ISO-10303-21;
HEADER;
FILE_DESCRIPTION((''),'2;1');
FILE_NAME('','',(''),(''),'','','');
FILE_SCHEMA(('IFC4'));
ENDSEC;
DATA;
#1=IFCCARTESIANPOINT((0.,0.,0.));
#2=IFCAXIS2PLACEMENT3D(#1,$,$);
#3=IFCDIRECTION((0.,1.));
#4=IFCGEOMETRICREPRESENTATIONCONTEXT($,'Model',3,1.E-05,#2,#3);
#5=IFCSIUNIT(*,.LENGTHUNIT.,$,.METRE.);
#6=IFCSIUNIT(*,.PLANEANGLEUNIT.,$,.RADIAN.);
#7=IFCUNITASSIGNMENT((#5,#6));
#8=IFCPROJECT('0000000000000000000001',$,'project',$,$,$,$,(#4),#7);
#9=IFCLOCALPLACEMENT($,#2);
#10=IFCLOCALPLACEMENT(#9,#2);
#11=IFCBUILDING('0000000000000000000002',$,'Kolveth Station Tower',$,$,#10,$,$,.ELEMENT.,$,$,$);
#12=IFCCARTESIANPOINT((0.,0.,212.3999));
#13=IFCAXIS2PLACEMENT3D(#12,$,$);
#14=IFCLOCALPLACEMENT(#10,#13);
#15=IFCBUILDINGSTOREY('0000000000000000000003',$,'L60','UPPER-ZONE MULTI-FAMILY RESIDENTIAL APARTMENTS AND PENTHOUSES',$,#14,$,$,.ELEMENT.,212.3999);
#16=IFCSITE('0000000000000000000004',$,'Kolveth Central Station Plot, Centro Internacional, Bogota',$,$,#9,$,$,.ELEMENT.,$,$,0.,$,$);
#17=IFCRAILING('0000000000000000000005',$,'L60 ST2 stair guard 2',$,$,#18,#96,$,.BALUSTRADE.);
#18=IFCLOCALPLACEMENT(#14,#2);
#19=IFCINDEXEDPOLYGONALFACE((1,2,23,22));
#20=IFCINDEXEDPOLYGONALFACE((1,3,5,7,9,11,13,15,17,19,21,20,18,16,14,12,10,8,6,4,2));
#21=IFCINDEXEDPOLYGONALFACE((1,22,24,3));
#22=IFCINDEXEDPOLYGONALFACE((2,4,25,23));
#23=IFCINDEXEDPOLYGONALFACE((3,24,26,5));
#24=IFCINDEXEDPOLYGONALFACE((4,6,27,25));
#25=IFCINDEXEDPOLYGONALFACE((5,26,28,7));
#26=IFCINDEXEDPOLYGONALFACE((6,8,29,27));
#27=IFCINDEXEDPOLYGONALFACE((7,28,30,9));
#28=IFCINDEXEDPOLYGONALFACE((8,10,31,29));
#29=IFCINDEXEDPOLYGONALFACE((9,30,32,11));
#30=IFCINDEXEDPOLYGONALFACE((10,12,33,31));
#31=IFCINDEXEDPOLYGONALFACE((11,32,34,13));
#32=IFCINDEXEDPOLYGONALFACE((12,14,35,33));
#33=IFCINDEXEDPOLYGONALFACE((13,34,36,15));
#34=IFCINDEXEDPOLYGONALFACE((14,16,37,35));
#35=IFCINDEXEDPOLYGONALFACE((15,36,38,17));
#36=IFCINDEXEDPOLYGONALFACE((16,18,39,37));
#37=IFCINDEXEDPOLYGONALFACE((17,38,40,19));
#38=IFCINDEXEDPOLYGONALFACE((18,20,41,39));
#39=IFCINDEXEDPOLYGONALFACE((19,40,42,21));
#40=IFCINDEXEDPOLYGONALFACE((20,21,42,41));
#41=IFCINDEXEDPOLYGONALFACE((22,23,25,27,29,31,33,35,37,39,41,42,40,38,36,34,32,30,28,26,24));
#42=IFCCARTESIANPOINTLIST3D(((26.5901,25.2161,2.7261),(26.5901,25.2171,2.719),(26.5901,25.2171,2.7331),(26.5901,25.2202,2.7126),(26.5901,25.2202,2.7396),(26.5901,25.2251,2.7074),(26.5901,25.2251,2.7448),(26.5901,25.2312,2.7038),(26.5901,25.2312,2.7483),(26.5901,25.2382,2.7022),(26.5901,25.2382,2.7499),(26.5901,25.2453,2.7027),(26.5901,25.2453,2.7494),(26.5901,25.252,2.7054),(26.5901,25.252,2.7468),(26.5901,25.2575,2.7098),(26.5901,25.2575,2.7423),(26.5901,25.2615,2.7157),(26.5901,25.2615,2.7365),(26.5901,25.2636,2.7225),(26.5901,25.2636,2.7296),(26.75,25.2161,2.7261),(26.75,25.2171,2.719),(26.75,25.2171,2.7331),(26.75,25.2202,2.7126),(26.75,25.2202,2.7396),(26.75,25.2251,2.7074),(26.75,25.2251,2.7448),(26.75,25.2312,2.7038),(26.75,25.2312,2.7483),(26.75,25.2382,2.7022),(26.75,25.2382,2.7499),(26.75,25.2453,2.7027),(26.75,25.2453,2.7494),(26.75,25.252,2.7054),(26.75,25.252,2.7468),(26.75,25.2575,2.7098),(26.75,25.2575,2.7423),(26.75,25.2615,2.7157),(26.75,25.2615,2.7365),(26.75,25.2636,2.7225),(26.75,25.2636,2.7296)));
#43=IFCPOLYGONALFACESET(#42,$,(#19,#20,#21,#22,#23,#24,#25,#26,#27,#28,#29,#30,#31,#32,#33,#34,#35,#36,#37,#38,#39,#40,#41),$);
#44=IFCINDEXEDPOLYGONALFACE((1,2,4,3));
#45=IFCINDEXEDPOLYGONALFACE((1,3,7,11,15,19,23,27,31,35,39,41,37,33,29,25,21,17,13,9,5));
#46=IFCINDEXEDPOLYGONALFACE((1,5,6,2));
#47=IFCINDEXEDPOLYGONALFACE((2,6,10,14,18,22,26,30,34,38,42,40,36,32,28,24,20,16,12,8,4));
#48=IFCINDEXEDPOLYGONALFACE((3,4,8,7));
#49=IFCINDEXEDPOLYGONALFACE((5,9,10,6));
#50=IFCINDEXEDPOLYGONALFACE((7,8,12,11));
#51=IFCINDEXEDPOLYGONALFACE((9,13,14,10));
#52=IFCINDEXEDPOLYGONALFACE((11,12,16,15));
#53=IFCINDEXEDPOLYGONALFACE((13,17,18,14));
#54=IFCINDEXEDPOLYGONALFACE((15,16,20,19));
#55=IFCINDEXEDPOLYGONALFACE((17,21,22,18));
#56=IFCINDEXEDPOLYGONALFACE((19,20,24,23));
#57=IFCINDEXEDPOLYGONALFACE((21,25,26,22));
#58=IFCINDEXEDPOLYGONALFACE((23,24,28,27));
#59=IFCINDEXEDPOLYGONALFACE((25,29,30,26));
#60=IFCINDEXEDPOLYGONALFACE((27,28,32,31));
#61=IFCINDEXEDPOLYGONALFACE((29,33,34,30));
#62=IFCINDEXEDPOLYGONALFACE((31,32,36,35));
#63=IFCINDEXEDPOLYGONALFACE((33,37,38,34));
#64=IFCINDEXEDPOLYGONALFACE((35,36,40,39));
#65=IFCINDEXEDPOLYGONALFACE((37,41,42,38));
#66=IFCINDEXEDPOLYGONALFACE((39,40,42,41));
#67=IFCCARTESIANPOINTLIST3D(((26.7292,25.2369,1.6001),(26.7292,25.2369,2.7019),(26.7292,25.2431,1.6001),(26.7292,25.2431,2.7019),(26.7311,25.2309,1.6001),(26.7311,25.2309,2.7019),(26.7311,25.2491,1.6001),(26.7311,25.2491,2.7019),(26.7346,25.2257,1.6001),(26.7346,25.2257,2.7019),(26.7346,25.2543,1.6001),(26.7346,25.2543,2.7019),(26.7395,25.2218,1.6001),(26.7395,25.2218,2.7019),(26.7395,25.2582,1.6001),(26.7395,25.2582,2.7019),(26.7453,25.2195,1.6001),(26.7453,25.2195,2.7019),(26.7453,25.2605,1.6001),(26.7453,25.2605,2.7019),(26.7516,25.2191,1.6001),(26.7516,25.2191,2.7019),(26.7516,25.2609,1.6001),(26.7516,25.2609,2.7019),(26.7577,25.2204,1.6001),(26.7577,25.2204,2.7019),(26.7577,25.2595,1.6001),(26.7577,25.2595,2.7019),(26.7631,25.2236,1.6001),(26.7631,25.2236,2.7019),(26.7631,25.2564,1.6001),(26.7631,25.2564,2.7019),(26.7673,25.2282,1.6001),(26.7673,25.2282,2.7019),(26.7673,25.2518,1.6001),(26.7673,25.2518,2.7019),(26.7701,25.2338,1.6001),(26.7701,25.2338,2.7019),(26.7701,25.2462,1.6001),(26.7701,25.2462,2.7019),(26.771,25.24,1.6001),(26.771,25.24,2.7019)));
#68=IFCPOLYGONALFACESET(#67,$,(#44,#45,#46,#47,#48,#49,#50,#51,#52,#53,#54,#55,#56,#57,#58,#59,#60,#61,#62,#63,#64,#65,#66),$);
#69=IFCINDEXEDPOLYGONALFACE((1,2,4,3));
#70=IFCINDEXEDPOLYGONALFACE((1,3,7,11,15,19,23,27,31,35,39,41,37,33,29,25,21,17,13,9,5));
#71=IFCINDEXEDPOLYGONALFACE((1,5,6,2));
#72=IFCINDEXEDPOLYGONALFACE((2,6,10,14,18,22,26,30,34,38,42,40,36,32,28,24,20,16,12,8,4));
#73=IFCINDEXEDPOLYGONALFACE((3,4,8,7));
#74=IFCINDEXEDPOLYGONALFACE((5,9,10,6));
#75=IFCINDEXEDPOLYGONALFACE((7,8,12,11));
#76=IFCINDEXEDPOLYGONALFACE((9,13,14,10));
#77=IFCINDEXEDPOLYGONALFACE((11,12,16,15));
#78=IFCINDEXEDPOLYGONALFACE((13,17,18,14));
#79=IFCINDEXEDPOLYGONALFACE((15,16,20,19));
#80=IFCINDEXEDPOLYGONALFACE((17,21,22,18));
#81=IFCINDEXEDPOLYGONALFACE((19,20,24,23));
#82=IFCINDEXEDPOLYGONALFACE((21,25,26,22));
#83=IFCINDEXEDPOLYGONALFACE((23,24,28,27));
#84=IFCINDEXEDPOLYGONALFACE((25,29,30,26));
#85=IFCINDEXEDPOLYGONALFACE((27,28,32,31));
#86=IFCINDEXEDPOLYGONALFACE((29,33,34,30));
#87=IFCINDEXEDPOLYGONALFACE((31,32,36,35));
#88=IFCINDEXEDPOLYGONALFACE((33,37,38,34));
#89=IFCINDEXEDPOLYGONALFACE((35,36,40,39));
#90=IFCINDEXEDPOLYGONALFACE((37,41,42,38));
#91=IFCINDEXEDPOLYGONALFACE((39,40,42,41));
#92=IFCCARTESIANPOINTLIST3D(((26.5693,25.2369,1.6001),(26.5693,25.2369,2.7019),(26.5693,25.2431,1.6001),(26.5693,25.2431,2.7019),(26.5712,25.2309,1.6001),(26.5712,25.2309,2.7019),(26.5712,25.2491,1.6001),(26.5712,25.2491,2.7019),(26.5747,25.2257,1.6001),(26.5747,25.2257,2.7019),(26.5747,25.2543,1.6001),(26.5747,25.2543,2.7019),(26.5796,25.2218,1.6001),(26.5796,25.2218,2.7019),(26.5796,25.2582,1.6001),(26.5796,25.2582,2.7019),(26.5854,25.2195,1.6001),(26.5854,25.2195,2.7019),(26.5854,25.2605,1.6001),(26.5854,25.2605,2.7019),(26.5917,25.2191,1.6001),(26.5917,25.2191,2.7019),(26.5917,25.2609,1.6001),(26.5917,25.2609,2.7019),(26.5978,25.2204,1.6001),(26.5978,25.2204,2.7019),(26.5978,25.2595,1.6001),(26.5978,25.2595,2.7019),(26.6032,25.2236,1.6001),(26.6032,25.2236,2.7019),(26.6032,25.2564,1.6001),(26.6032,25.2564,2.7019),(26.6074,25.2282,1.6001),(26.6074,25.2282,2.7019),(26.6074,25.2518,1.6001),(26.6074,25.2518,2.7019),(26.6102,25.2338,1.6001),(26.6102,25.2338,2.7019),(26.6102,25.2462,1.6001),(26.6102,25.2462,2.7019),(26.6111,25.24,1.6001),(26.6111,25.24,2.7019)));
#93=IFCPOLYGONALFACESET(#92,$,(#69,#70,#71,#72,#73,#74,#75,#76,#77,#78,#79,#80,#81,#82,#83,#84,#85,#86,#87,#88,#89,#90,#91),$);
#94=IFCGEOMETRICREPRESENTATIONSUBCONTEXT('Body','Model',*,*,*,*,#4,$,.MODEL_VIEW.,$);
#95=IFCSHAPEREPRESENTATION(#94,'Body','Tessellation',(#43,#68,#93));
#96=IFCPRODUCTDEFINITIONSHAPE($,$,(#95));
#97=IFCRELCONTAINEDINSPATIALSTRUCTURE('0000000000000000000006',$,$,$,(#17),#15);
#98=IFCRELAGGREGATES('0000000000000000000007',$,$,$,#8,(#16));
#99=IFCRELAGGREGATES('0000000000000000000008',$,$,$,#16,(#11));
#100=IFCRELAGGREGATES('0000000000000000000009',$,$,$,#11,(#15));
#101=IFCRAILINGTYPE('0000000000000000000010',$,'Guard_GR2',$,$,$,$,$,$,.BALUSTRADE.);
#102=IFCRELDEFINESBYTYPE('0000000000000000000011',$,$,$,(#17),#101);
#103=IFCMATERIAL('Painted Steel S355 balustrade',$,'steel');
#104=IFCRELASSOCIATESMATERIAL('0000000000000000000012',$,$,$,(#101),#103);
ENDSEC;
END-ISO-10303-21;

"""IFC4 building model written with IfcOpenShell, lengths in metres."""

from ifc_helpers import new_model, si_unit, direction, frame, origin, origin_2d, place, context, subcontext, project, spatial, circle, extrude, material, type_object, element, save


model = new_model("IFC4")

# Units and contexts
model_context = context("Model", 3, precision=1e-05, world=origin(), true_north=direction((0.0, 1.0)))
body_context = subcontext(model_context, "Body", "Model", "MODEL_VIEW")
ifc_project = project(units=[si_unit("LENGTHUNIT", "METRE"), si_unit("PLANEANGLEUNIT", "RADIAN")], contexts=[model_context])

# Site, building, storey
site_placement = place(None, origin())
site = spatial("IfcSite", under=ifc_project, at=site_placement, Name="Kolveth Central Station Plot, Centro Internacional, Bogota", CompositionType="ELEMENT", RefElevation=0.0)
building_placement = place(site_placement, origin())
building = spatial("IfcBuilding", under=site, at=building_placement, Name="Kolveth Station Tower", CompositionType="ELEMENT")
storey_placement = place(building_placement, frame((0.0, 0.0, 212.3999)))
storey = spatial("IfcBuildingStorey", under=building, at=storey_placement, Name="L60", Description="UPPER-ZONE MULTI-FAMILY RESIDENTIAL APARTMENTS AND PENTHOUSES", CompositionType="ELEMENT", Elevation=212.3999)

# Railing
ifc_material_1 = material(Name="Painted Steel S355 balustrade", Category="steel")
railing_type_1 = type_object("IfcRailingType", Name="Guard_GR2", PredefinedType="BALUSTRADE", material=ifc_material_1)
railing_1_placement = place(storey_placement, frame((26.75, 25.24, 1.6001)))
element("IfcRailing", 1, at=railing_1_placement, inside=storey, type_object=railing_type_1, Name="L60 ST2 stair guard 2", PredefinedType="BALUSTRADE", context=body_context, shape_type="SweptSolid", body=[
    extrude(circle(Radius=0.0239, at=origin_2d()), frame((0.0, 0.0, 1.126), z_axis=(-1.0, 0.0, 0.0), x_axis=(0.0, -1.0, 0.0)), (0.0, 0.0, 1.0), 0.1599),
    extrude(circle(Radius=0.021, at=origin_2d()), origin(), (0.0, 0.0, 1.0), 1.1018),
    extrude(circle(Radius=0.021, at=origin_2d()), frame((-0.1599, 0.0, 0.0)), (0.0, 0.0, 1.0), 1.1018),
])

save(model, "model.ifc")
